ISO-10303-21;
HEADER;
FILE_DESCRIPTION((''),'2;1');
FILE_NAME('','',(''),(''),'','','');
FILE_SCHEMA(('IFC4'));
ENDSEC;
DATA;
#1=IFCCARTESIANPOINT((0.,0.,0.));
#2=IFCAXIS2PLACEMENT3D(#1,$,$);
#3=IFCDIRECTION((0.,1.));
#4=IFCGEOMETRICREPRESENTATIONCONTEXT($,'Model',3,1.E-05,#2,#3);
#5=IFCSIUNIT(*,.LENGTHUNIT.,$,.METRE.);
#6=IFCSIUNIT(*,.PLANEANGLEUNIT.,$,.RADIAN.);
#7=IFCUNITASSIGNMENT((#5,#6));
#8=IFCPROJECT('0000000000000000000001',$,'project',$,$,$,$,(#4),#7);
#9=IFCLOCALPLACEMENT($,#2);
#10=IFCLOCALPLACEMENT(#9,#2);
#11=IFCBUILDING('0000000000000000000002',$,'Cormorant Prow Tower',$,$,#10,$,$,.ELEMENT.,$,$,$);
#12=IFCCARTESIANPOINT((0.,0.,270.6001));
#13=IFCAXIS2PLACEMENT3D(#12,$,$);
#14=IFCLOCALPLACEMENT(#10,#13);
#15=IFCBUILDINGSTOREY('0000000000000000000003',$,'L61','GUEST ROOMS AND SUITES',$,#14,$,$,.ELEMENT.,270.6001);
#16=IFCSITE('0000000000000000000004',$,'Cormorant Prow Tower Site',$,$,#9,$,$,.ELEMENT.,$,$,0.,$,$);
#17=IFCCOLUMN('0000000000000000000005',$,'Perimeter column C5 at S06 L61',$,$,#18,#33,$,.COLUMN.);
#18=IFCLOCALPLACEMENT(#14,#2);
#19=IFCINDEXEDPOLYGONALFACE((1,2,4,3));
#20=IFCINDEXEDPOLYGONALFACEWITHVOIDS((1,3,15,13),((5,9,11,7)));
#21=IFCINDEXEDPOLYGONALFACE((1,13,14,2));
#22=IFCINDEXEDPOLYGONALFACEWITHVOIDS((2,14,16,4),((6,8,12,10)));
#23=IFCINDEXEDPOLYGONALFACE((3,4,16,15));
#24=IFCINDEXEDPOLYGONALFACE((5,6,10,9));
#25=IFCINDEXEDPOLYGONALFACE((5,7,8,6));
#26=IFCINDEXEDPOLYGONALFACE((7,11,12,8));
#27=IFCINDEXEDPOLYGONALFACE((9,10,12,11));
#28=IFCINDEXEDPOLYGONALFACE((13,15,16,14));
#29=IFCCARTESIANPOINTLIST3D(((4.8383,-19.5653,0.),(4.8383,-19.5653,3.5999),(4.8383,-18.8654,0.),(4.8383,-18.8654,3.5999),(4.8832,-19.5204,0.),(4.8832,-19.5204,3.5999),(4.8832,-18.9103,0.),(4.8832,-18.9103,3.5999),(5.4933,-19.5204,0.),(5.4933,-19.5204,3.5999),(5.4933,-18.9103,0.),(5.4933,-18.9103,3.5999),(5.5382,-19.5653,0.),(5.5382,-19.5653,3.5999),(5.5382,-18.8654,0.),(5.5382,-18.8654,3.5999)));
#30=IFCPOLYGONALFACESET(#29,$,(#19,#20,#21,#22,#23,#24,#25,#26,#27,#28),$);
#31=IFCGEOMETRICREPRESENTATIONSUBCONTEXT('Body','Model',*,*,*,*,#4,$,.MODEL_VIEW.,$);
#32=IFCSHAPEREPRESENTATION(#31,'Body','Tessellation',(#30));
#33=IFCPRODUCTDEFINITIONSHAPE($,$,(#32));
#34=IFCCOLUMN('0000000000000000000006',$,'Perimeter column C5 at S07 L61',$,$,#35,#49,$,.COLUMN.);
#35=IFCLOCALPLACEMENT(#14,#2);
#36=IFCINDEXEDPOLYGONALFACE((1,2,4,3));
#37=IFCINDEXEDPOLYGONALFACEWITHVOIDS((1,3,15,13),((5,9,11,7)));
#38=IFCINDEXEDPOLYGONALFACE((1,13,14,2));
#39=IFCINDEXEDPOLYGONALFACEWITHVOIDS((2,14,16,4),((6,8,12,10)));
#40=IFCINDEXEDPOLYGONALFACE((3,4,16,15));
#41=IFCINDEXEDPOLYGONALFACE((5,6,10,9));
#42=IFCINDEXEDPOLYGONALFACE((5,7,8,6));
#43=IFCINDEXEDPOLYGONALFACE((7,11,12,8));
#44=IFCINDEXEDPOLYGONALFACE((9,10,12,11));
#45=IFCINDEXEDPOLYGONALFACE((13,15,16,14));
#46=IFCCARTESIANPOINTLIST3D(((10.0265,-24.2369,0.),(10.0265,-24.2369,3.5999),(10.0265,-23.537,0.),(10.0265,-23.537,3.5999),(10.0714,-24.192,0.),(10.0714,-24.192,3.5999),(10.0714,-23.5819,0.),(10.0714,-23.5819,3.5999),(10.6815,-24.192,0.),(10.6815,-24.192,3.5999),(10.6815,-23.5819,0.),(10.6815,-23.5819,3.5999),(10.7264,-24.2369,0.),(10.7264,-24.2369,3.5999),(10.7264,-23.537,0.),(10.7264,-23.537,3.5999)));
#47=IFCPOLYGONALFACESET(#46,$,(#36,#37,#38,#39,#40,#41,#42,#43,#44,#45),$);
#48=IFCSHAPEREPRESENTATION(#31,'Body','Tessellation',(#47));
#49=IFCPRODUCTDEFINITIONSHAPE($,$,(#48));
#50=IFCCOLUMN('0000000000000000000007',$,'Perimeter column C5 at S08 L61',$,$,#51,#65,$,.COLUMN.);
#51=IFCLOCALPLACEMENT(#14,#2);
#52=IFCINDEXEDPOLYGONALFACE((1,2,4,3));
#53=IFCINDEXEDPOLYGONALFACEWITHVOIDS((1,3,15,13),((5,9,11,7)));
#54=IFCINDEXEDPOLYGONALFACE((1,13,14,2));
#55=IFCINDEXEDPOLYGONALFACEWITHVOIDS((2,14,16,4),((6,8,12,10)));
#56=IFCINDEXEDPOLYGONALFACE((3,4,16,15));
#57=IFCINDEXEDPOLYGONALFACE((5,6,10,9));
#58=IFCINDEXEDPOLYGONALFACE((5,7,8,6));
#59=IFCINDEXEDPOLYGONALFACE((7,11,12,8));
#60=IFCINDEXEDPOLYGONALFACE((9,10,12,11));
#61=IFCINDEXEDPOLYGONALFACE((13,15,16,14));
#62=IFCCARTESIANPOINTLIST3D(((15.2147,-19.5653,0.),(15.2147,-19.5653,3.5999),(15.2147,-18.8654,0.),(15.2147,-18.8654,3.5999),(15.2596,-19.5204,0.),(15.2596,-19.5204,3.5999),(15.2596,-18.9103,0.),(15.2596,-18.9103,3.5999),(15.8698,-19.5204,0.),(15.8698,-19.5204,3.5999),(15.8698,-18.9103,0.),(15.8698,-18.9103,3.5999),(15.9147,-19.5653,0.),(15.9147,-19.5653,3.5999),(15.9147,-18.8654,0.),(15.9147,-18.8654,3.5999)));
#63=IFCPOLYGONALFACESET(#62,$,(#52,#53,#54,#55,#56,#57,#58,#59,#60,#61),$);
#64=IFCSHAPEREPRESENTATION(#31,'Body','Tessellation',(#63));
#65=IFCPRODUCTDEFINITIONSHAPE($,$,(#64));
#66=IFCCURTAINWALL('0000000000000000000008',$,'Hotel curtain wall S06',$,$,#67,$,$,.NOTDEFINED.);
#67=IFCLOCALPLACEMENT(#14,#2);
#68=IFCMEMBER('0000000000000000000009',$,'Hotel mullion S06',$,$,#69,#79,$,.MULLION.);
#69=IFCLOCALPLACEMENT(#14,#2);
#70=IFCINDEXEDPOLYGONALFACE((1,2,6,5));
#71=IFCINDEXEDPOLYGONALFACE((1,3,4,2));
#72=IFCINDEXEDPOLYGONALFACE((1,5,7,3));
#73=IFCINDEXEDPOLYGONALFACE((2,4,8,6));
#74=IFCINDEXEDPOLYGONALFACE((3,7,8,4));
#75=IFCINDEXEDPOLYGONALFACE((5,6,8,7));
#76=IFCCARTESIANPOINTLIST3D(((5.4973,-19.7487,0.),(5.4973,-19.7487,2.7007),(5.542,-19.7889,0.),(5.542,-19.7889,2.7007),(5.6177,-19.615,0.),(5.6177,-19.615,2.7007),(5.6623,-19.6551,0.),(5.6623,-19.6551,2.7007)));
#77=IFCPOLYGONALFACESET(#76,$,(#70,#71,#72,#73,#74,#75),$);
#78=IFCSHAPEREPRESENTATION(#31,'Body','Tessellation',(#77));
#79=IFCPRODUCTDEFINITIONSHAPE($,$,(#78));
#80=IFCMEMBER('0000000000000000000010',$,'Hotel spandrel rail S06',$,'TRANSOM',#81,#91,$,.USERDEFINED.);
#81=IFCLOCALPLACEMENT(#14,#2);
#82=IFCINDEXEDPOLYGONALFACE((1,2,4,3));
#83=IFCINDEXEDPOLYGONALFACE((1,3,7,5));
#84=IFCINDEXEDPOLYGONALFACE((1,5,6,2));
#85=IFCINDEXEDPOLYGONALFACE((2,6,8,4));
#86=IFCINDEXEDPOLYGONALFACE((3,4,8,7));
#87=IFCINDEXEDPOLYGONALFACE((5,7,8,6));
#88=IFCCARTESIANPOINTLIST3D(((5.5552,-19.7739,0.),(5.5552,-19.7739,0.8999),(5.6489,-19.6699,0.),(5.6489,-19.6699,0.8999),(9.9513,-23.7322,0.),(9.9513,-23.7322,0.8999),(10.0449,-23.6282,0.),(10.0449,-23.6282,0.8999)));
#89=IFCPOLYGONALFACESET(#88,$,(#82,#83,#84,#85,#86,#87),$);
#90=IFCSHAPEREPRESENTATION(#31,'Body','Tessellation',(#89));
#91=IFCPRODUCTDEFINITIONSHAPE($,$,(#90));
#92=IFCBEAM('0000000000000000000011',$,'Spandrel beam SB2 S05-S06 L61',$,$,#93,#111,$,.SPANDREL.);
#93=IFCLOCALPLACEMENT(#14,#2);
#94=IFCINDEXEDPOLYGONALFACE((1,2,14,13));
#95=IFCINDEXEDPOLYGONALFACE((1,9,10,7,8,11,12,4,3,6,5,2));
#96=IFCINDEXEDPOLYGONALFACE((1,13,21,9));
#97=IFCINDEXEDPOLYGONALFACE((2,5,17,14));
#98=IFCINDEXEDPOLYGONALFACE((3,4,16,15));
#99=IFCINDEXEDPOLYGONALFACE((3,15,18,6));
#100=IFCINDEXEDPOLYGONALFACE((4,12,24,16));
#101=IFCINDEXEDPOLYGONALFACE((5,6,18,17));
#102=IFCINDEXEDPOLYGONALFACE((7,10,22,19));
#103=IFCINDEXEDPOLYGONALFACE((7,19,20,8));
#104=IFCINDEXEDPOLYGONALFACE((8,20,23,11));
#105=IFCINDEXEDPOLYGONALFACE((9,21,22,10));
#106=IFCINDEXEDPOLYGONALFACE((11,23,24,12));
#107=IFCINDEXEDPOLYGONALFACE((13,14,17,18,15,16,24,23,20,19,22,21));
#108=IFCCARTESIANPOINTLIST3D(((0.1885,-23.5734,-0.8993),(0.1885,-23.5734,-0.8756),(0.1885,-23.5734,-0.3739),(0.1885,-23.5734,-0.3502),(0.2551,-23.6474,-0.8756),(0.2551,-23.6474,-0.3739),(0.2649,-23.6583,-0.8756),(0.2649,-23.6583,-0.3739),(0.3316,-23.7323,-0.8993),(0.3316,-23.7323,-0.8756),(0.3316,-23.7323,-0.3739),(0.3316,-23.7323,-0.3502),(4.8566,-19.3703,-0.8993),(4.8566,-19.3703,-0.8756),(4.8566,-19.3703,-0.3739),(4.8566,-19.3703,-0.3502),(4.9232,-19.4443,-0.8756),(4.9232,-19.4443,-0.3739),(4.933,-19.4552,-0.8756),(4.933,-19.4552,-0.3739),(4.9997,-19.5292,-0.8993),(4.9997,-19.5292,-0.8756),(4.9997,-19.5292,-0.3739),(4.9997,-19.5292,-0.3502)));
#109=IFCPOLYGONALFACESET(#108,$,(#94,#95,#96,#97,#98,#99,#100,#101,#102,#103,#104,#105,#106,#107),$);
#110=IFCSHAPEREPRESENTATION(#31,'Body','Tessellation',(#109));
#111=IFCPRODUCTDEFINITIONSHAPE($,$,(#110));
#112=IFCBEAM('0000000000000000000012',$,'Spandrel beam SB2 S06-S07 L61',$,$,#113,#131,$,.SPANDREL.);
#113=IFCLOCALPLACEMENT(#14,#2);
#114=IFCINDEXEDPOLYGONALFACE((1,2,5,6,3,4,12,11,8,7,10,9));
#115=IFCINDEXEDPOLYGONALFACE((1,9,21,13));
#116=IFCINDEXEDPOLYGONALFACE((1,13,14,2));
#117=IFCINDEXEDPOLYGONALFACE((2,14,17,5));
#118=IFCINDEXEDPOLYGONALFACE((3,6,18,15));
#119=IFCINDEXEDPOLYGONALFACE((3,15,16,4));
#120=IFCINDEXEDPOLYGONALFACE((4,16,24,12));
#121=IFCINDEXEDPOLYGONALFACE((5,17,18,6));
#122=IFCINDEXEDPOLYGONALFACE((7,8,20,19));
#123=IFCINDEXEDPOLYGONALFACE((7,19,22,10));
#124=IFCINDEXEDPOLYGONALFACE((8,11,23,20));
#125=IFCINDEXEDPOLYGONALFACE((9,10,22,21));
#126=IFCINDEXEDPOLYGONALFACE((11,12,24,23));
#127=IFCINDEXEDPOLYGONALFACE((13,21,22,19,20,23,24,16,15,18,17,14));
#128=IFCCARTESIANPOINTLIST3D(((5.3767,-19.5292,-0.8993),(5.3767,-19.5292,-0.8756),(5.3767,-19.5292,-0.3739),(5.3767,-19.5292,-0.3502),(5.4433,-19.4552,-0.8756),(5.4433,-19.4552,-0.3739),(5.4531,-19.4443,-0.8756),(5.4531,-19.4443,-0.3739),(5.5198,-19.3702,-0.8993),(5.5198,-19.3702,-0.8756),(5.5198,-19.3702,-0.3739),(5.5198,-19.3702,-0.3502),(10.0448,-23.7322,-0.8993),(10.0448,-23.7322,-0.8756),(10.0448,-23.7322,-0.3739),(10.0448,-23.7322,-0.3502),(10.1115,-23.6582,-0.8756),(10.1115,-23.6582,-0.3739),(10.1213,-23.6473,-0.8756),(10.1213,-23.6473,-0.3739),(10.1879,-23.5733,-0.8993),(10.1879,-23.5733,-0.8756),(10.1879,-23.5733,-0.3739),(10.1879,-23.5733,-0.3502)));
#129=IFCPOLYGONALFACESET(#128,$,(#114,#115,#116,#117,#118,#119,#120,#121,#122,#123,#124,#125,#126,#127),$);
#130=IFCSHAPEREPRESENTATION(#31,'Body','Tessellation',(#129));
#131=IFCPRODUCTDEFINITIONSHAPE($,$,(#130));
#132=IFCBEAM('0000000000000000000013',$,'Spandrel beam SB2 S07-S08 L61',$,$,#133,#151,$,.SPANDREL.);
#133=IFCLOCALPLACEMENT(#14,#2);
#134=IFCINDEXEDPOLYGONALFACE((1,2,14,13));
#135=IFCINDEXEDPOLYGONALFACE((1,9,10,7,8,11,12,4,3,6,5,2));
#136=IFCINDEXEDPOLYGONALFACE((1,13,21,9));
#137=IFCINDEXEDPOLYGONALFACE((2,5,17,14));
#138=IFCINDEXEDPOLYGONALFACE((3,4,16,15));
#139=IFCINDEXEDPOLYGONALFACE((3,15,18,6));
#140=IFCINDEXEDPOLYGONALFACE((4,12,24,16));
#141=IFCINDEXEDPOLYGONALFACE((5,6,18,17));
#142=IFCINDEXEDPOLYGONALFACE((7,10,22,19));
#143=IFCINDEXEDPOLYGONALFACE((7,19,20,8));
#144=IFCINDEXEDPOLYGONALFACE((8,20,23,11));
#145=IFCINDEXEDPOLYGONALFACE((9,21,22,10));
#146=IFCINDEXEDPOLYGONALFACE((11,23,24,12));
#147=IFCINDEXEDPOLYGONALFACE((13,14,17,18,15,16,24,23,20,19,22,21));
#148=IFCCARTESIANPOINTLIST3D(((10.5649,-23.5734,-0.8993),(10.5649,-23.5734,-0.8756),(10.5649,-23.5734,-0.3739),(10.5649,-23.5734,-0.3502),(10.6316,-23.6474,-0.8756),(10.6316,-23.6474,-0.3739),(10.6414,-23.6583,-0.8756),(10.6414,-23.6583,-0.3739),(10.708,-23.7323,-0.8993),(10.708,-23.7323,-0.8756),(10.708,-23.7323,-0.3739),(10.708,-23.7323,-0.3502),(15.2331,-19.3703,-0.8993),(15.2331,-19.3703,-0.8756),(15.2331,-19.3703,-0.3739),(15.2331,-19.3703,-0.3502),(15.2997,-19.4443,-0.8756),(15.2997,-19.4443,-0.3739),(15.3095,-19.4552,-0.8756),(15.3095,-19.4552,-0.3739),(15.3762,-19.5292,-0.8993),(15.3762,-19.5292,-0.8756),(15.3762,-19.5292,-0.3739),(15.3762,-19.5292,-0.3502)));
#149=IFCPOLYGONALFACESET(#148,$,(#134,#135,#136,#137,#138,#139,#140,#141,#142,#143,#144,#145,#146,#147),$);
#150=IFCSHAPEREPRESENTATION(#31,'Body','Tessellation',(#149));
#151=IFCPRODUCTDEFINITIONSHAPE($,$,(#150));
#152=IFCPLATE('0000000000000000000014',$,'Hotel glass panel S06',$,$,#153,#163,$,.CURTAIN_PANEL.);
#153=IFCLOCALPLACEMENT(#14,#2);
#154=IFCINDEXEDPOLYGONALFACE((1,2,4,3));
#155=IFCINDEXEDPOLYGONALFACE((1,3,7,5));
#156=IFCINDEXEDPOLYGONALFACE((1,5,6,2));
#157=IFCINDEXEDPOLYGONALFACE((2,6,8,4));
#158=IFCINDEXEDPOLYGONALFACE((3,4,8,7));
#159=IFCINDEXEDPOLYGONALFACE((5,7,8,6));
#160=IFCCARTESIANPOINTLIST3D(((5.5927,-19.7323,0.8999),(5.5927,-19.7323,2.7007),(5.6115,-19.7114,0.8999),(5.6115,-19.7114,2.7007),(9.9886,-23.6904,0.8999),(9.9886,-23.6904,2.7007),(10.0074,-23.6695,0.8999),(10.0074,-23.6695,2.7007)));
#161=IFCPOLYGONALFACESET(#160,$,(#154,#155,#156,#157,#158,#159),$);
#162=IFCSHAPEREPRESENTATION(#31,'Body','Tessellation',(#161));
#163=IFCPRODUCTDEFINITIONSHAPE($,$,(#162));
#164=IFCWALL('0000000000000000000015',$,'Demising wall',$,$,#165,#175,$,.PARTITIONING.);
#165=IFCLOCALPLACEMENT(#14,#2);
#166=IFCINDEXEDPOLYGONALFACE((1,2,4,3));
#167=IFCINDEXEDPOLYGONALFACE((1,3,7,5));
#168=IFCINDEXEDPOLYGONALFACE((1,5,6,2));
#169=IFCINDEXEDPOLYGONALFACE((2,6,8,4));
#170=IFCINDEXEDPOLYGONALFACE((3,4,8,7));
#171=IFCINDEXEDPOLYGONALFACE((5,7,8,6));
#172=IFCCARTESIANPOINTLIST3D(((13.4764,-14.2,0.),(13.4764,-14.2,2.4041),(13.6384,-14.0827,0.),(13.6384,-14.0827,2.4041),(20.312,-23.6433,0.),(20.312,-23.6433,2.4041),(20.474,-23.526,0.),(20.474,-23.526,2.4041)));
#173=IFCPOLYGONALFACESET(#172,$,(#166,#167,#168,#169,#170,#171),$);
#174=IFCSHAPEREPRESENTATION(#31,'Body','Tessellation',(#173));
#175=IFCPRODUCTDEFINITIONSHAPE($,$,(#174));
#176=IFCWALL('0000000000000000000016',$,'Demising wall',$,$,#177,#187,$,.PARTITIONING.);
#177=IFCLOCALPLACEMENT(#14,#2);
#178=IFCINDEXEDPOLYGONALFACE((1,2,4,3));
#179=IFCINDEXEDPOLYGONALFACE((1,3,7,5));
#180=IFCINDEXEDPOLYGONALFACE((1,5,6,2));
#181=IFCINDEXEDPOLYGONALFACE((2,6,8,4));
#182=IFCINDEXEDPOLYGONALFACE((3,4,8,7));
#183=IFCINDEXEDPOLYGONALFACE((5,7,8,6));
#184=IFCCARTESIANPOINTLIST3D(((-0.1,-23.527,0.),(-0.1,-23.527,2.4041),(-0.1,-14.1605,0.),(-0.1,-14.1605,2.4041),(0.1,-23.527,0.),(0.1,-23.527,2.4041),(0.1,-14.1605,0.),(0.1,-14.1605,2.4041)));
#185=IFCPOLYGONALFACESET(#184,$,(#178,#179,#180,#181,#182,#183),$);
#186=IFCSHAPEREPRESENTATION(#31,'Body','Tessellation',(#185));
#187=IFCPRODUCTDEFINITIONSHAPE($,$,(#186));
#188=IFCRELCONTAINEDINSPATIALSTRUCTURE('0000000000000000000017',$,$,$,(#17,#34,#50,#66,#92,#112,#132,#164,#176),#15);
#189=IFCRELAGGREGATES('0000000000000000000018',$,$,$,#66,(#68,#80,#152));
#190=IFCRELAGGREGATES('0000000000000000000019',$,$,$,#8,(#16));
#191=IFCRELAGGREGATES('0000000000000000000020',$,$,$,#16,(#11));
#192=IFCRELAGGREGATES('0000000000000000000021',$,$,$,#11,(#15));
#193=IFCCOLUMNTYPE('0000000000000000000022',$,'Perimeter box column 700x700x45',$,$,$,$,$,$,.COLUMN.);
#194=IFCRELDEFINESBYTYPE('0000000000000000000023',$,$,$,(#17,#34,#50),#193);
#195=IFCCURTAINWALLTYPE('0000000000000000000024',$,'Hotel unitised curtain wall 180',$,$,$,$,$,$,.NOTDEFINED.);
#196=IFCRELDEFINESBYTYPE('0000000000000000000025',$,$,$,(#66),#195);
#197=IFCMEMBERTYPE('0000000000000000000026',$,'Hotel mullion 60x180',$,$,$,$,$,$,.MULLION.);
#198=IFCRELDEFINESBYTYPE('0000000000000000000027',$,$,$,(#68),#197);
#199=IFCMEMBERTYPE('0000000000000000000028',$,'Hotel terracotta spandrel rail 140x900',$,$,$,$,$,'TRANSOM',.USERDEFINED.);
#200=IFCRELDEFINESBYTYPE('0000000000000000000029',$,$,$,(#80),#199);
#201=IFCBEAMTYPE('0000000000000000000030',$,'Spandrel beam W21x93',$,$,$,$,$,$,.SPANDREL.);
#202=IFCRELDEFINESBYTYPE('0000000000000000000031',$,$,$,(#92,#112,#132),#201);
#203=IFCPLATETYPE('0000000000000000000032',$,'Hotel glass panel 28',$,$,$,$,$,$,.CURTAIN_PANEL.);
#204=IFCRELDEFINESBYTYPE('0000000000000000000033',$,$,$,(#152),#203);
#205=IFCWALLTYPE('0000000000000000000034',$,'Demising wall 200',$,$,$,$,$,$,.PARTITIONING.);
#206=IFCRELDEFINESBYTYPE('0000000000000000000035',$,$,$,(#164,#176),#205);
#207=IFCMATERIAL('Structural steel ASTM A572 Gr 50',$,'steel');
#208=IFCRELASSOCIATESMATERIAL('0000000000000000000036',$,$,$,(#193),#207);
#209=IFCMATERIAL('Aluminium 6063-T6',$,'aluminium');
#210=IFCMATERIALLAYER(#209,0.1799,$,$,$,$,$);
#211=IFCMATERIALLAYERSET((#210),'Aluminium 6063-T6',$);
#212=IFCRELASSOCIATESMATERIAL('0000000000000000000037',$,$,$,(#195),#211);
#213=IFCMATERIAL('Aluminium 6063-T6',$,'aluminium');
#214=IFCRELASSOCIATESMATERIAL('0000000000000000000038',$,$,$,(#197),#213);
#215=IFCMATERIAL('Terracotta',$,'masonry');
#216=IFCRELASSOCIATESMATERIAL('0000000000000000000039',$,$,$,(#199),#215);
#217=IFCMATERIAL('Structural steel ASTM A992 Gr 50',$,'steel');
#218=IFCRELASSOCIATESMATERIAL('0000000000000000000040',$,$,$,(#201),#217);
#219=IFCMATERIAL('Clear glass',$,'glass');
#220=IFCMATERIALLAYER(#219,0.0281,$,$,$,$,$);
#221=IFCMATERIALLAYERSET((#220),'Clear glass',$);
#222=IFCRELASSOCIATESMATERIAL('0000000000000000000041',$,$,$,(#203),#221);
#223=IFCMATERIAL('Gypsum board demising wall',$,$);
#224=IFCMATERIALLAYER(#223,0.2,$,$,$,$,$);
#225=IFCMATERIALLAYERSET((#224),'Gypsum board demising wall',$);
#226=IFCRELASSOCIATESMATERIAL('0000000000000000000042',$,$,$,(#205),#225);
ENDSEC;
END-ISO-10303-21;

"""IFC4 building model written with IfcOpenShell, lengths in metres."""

from ifc_helpers import new_model, si_unit, direction, frame, frame_2d, origin, origin_2d, place, context, subcontext, project, spatial, rectangle, hollow_rectangle, i_section, extrude, material, layer, layer_set, material_profile, profile_set, type_object, element, aggregate, save


model = new_model("IFC4")

# Units and contexts
model_context = context("Model", 3, precision=1e-05, world=origin(), true_north=direction((0.0, 1.0)))
body_context = subcontext(model_context, "Body", "Model", "MODEL_VIEW")
ifc_project = project(units=[si_unit("LENGTHUNIT", "METRE"), si_unit("PLANEANGLEUNIT", "RADIAN")], contexts=[model_context])

# Site, building, storey
site_placement = place(None, origin())
site = spatial("IfcSite", under=ifc_project, at=site_placement, Name="Cormorant Prow Tower Site", CompositionType="ELEMENT", RefElevation=0.0)
building_placement = place(site_placement, origin())
building = spatial("IfcBuilding", under=site, at=building_placement, Name="Cormorant Prow Tower", CompositionType="ELEMENT")
storey_placement = place(building_placement, frame((0.0, 0.0, 270.6001)))
storey = spatial("IfcBuildingStorey", under=building, at=storey_placement, Name="L61", Description="GUEST ROOMS AND SUITES", CompositionType="ELEMENT", Elevation=270.6001)

# Columns
ifc_material_1 = material(Name="Structural steel ASTM A572 Gr 50", Category="steel")
ifc_material_profile_1 = material_profile(ifc_material_1, hollow_rectangle(XDim=0.7, YDim=0.7, WallThickness=0.0449, at=origin_2d()), Name="Box 700x700x45")
ifc_profile_set_1 = profile_set([ifc_material_profile_1], Name="Structural steel ASTM A572 Gr 50")
column_type = type_object("IfcColumnType", Name="Perimeter box column 700x700x45", PredefinedType="COLUMN", material=ifc_profile_set_1)
for number, where, z_axis, x_axis, name in (
    (1, (5.1882, -19.2153, 0.0), (0.0, 0.0, 1.0), (1.0, 0.0, 0.0), "Perimeter column C5 at S06 L61"),
    (2, (10.3765, -23.887, 0.0), (0.0, 0.0, 1.0), (1.0, 0.0, 0.0), "Perimeter column C5 at S07 L61"),
    (3, (15.5647, -19.2153, 0.0), (0.0, 0.0, 1.0), (1.0, 0.0, 0.0), "Perimeter column C5 at S08 L61"),
):
    element("IfcColumn", number, at=place(storey_placement, frame(where, z_axis=z_axis, x_axis=x_axis)), inside=storey, type_object=column_type, Name=name, PredefinedType="COLUMN", context=body_context, shape_type="SweptSolid", body=[
        extrude(hollow_rectangle(XDim=0.7, YDim=0.7, WallThickness=0.0449, at=origin_2d()), origin(), (0.0, 0.0, 1.0), 3.5999),
    ])

# Curtain wall, members
ifc_material_2 = material(Name="Aluminium 6063-T6", Category="aluminium")
ifc_layer_1 = layer(ifc_material_2, 0.1799)
ifc_layer_set_1 = layer_set([ifc_layer_1], Name="Aluminium 6063-T6")
curtain_wall_type = type_object("IfcCurtainWallType", Name="Hotel unitised curtain wall 180", PredefinedType="NOTDEFINED", material=ifc_layer_set_1)
curtain_wall_placement = place(storey_placement, origin())
curtain_wall = element("IfcCurtainWall", 4, at=curtain_wall_placement, inside=storey, type_object=curtain_wall_type, Name="Hotel curtain wall S06", PredefinedType="NOTDEFINED")
ifc_material_3 = material(Name="Aluminium 6063-T6", Category="aluminium")
ifc_material_profile_2 = material_profile(ifc_material_3, rectangle(XDim=0.1799, YDim=0.0601, at=origin_2d()), Name="Hotel mullion 60x180")
ifc_profile_set_2 = profile_set([ifc_material_profile_2], Name="Aluminium 6063-T6")
member_type_1 = type_object("IfcMemberType", Name="Hotel mullion 60x180", PredefinedType="MULLION", material=ifc_profile_set_2)
member_1_placement = place(storey_placement, frame((5.5798, -19.7019, 0.0), z_axis=(0.0, 0.0, 1.0), x_axis=(0.669131, 0.743145, 0.0)))
member_1 = element("IfcMember", 5, at=member_1_placement, type_object=member_type_1, Name="Hotel mullion S06", PredefinedType="MULLION", context=body_context, shape_type="SweptSolid", body=[
    extrude(rectangle(XDim=0.1799, YDim=0.0601, at=origin_2d()), origin(), (0.0, 0.0, 1.0), 2.7007),
])
ifc_material_4 = material(Name="Terracotta", Category="masonry")
ifc_material_profile_3 = material_profile(ifc_material_4, rectangle(XDim=0.1399, YDim=0.8999, at=origin_2d()), Name="Hotel terracotta spandrel rail 140x900")
ifc_profile_set_3 = profile_set([ifc_material_profile_3], Name="Terracotta")
member_type_2 = type_object("IfcMemberType", Name="Hotel terracotta spandrel rail 140x900", ElementType="TRANSOM", PredefinedType="USERDEFINED", material=ifc_profile_set_3)
member_2_placement = place(storey_placement, frame((5.6021, -19.7219, 0.45), z_axis=(0.743138, -0.669138, 0.0), x_axis=(0.669138, 0.743138, 0.0)))
member_2 = element("IfcMember", 6, at=member_2_placement, type_object=member_type_2, Name="Hotel spandrel rail S06", ObjectType="TRANSOM", PredefinedType="USERDEFINED", context=body_context, shape_type="SweptSolid", body=[
    extrude(rectangle(XDim=0.1399, YDim=0.8999, at=origin_2d()), origin(), (0.0, 0.0, 1.0), 5.9155),
])

# Beams
ifc_material_5 = material(Name="Structural steel ASTM A992 Gr 50", Category="steel")
ifc_material_profile_4 = material_profile(ifc_material_5, i_section(OverallWidth=0.2139, OverallDepth=0.5491, WebThickness=0.0146, FlangeThickness=0.0237, at=origin_2d()), Name="W21x93")
ifc_profile_set_4 = profile_set([ifc_material_profile_4], Name="Structural steel ASTM A992 Gr 50")
beam_type = type_object("IfcBeamType", Name="Spandrel beam W21x93", PredefinedType="SPANDREL", material=ifc_profile_set_4)
for number, where, z_axis, x_axis, name in (
    (7, (0.26, -23.6528, -0.6248), (0.743157, 0.669117, 0.0), (-0.669117, 0.743157, 0.0), "Spandrel beam SB2 S05-S06 L61"),
    (8, (5.4482, -19.4497, -0.6248), (0.743157, -0.669117, 0.0), (0.669117, 0.743157, 0.0), "Spandrel beam SB2 S06-S07 L61"),
    (9, (10.6365, -23.6528, -0.6248), (0.743157, 0.669117, 0.0), (-0.669117, 0.743157, 0.0), "Spandrel beam SB2 S07-S08 L61"),
):
    element("IfcBeam", number, at=place(storey_placement, frame(where, z_axis=z_axis, x_axis=x_axis)), inside=storey, type_object=beam_type, Name=name, PredefinedType="SPANDREL", context=body_context, shape_type="SweptSolid", body=[
        extrude(i_section(OverallWidth=0.2139, OverallDepth=0.5491, WebThickness=0.0146, FlangeThickness=0.0237, at=origin_2d()), origin(), (0.0, 0.0, 1.0), 6.2815),
    ])

# Plate
ifc_material_6 = material(Name="Clear glass", Category="glass")
ifc_layer_2 = layer(ifc_material_6, 0.0281)
ifc_layer_set_2 = layer_set([ifc_layer_2], Name="Clear glass")
plate_type = type_object("IfcPlateType", Name="Hotel glass panel 28", PredefinedType="CURTAIN_PANEL", material=ifc_layer_set_2)
plate_placement = place(storey_placement, frame((7.8, -21.7009, 0.8999), z_axis=(0.0, 0.0, 1.0), x_axis=(0.743145, -0.669131, 0.0)))
plate = element("IfcPlate", 10, at=plate_placement, type_object=plate_type, Name="Hotel glass panel S06", PredefinedType="CURTAIN_PANEL", context=body_context, shape_type="SweptSolid", body=[
    extrude(rectangle(XDim=5.9153, YDim=0.0281, at=origin_2d()), origin(), (0.0, 0.0, 1.0), 1.8008),
])
aggregate(curtain_wall, [member_1, member_2, plate])

# Walls
ifc_material_7 = material(Name="Gypsum board demising wall")
ifc_layer_3 = layer(ifc_material_7, 0.2)
ifc_layer_set_3 = layer_set([ifc_layer_3], Name="Gypsum board demising wall")
wall_type_1 = type_object("IfcWallType", Name="Demising wall 200", PredefinedType="PARTITIONING", material=ifc_layer_set_3)
wall_1_placement = place(storey_placement, frame((13.5574, -14.1414, 0.0), z_axis=(0.0, 0.0, 1.0), x_axis=(0.586363, -0.810048, 0.0)))
element("IfcWall", 11, at=wall_1_placement, inside=storey, type_object=wall_type_1, Name="Demising wall", PredefinedType="PARTITIONING", context=body_context, shape_type="SweptSolid", body=[
    extrude(rectangle(XDim=11.6577, YDim=0.2, at=frame_2d((5.8289, 0.0))), origin(), (0.0, 0.0, 1.0), 2.4041),
])
wall_2_placement = place(storey_placement, frame((0.0, -23.5269, 0.0), z_axis=(0.0, 0.0, 1.0), x_axis=(0.0, 1.0, 0.0)))
element("IfcWall", 12, at=wall_2_placement, inside=storey, type_object=wall_type_1, Name="Demising wall", PredefinedType="PARTITIONING", context=body_context, shape_type="SweptSolid", body=[
    extrude(rectangle(XDim=9.3665, YDim=0.2, at=frame_2d((4.6831, 0.0))), origin(), (0.0, 0.0, 1.0), 2.4041),
])

save(model, "model.ifc")
